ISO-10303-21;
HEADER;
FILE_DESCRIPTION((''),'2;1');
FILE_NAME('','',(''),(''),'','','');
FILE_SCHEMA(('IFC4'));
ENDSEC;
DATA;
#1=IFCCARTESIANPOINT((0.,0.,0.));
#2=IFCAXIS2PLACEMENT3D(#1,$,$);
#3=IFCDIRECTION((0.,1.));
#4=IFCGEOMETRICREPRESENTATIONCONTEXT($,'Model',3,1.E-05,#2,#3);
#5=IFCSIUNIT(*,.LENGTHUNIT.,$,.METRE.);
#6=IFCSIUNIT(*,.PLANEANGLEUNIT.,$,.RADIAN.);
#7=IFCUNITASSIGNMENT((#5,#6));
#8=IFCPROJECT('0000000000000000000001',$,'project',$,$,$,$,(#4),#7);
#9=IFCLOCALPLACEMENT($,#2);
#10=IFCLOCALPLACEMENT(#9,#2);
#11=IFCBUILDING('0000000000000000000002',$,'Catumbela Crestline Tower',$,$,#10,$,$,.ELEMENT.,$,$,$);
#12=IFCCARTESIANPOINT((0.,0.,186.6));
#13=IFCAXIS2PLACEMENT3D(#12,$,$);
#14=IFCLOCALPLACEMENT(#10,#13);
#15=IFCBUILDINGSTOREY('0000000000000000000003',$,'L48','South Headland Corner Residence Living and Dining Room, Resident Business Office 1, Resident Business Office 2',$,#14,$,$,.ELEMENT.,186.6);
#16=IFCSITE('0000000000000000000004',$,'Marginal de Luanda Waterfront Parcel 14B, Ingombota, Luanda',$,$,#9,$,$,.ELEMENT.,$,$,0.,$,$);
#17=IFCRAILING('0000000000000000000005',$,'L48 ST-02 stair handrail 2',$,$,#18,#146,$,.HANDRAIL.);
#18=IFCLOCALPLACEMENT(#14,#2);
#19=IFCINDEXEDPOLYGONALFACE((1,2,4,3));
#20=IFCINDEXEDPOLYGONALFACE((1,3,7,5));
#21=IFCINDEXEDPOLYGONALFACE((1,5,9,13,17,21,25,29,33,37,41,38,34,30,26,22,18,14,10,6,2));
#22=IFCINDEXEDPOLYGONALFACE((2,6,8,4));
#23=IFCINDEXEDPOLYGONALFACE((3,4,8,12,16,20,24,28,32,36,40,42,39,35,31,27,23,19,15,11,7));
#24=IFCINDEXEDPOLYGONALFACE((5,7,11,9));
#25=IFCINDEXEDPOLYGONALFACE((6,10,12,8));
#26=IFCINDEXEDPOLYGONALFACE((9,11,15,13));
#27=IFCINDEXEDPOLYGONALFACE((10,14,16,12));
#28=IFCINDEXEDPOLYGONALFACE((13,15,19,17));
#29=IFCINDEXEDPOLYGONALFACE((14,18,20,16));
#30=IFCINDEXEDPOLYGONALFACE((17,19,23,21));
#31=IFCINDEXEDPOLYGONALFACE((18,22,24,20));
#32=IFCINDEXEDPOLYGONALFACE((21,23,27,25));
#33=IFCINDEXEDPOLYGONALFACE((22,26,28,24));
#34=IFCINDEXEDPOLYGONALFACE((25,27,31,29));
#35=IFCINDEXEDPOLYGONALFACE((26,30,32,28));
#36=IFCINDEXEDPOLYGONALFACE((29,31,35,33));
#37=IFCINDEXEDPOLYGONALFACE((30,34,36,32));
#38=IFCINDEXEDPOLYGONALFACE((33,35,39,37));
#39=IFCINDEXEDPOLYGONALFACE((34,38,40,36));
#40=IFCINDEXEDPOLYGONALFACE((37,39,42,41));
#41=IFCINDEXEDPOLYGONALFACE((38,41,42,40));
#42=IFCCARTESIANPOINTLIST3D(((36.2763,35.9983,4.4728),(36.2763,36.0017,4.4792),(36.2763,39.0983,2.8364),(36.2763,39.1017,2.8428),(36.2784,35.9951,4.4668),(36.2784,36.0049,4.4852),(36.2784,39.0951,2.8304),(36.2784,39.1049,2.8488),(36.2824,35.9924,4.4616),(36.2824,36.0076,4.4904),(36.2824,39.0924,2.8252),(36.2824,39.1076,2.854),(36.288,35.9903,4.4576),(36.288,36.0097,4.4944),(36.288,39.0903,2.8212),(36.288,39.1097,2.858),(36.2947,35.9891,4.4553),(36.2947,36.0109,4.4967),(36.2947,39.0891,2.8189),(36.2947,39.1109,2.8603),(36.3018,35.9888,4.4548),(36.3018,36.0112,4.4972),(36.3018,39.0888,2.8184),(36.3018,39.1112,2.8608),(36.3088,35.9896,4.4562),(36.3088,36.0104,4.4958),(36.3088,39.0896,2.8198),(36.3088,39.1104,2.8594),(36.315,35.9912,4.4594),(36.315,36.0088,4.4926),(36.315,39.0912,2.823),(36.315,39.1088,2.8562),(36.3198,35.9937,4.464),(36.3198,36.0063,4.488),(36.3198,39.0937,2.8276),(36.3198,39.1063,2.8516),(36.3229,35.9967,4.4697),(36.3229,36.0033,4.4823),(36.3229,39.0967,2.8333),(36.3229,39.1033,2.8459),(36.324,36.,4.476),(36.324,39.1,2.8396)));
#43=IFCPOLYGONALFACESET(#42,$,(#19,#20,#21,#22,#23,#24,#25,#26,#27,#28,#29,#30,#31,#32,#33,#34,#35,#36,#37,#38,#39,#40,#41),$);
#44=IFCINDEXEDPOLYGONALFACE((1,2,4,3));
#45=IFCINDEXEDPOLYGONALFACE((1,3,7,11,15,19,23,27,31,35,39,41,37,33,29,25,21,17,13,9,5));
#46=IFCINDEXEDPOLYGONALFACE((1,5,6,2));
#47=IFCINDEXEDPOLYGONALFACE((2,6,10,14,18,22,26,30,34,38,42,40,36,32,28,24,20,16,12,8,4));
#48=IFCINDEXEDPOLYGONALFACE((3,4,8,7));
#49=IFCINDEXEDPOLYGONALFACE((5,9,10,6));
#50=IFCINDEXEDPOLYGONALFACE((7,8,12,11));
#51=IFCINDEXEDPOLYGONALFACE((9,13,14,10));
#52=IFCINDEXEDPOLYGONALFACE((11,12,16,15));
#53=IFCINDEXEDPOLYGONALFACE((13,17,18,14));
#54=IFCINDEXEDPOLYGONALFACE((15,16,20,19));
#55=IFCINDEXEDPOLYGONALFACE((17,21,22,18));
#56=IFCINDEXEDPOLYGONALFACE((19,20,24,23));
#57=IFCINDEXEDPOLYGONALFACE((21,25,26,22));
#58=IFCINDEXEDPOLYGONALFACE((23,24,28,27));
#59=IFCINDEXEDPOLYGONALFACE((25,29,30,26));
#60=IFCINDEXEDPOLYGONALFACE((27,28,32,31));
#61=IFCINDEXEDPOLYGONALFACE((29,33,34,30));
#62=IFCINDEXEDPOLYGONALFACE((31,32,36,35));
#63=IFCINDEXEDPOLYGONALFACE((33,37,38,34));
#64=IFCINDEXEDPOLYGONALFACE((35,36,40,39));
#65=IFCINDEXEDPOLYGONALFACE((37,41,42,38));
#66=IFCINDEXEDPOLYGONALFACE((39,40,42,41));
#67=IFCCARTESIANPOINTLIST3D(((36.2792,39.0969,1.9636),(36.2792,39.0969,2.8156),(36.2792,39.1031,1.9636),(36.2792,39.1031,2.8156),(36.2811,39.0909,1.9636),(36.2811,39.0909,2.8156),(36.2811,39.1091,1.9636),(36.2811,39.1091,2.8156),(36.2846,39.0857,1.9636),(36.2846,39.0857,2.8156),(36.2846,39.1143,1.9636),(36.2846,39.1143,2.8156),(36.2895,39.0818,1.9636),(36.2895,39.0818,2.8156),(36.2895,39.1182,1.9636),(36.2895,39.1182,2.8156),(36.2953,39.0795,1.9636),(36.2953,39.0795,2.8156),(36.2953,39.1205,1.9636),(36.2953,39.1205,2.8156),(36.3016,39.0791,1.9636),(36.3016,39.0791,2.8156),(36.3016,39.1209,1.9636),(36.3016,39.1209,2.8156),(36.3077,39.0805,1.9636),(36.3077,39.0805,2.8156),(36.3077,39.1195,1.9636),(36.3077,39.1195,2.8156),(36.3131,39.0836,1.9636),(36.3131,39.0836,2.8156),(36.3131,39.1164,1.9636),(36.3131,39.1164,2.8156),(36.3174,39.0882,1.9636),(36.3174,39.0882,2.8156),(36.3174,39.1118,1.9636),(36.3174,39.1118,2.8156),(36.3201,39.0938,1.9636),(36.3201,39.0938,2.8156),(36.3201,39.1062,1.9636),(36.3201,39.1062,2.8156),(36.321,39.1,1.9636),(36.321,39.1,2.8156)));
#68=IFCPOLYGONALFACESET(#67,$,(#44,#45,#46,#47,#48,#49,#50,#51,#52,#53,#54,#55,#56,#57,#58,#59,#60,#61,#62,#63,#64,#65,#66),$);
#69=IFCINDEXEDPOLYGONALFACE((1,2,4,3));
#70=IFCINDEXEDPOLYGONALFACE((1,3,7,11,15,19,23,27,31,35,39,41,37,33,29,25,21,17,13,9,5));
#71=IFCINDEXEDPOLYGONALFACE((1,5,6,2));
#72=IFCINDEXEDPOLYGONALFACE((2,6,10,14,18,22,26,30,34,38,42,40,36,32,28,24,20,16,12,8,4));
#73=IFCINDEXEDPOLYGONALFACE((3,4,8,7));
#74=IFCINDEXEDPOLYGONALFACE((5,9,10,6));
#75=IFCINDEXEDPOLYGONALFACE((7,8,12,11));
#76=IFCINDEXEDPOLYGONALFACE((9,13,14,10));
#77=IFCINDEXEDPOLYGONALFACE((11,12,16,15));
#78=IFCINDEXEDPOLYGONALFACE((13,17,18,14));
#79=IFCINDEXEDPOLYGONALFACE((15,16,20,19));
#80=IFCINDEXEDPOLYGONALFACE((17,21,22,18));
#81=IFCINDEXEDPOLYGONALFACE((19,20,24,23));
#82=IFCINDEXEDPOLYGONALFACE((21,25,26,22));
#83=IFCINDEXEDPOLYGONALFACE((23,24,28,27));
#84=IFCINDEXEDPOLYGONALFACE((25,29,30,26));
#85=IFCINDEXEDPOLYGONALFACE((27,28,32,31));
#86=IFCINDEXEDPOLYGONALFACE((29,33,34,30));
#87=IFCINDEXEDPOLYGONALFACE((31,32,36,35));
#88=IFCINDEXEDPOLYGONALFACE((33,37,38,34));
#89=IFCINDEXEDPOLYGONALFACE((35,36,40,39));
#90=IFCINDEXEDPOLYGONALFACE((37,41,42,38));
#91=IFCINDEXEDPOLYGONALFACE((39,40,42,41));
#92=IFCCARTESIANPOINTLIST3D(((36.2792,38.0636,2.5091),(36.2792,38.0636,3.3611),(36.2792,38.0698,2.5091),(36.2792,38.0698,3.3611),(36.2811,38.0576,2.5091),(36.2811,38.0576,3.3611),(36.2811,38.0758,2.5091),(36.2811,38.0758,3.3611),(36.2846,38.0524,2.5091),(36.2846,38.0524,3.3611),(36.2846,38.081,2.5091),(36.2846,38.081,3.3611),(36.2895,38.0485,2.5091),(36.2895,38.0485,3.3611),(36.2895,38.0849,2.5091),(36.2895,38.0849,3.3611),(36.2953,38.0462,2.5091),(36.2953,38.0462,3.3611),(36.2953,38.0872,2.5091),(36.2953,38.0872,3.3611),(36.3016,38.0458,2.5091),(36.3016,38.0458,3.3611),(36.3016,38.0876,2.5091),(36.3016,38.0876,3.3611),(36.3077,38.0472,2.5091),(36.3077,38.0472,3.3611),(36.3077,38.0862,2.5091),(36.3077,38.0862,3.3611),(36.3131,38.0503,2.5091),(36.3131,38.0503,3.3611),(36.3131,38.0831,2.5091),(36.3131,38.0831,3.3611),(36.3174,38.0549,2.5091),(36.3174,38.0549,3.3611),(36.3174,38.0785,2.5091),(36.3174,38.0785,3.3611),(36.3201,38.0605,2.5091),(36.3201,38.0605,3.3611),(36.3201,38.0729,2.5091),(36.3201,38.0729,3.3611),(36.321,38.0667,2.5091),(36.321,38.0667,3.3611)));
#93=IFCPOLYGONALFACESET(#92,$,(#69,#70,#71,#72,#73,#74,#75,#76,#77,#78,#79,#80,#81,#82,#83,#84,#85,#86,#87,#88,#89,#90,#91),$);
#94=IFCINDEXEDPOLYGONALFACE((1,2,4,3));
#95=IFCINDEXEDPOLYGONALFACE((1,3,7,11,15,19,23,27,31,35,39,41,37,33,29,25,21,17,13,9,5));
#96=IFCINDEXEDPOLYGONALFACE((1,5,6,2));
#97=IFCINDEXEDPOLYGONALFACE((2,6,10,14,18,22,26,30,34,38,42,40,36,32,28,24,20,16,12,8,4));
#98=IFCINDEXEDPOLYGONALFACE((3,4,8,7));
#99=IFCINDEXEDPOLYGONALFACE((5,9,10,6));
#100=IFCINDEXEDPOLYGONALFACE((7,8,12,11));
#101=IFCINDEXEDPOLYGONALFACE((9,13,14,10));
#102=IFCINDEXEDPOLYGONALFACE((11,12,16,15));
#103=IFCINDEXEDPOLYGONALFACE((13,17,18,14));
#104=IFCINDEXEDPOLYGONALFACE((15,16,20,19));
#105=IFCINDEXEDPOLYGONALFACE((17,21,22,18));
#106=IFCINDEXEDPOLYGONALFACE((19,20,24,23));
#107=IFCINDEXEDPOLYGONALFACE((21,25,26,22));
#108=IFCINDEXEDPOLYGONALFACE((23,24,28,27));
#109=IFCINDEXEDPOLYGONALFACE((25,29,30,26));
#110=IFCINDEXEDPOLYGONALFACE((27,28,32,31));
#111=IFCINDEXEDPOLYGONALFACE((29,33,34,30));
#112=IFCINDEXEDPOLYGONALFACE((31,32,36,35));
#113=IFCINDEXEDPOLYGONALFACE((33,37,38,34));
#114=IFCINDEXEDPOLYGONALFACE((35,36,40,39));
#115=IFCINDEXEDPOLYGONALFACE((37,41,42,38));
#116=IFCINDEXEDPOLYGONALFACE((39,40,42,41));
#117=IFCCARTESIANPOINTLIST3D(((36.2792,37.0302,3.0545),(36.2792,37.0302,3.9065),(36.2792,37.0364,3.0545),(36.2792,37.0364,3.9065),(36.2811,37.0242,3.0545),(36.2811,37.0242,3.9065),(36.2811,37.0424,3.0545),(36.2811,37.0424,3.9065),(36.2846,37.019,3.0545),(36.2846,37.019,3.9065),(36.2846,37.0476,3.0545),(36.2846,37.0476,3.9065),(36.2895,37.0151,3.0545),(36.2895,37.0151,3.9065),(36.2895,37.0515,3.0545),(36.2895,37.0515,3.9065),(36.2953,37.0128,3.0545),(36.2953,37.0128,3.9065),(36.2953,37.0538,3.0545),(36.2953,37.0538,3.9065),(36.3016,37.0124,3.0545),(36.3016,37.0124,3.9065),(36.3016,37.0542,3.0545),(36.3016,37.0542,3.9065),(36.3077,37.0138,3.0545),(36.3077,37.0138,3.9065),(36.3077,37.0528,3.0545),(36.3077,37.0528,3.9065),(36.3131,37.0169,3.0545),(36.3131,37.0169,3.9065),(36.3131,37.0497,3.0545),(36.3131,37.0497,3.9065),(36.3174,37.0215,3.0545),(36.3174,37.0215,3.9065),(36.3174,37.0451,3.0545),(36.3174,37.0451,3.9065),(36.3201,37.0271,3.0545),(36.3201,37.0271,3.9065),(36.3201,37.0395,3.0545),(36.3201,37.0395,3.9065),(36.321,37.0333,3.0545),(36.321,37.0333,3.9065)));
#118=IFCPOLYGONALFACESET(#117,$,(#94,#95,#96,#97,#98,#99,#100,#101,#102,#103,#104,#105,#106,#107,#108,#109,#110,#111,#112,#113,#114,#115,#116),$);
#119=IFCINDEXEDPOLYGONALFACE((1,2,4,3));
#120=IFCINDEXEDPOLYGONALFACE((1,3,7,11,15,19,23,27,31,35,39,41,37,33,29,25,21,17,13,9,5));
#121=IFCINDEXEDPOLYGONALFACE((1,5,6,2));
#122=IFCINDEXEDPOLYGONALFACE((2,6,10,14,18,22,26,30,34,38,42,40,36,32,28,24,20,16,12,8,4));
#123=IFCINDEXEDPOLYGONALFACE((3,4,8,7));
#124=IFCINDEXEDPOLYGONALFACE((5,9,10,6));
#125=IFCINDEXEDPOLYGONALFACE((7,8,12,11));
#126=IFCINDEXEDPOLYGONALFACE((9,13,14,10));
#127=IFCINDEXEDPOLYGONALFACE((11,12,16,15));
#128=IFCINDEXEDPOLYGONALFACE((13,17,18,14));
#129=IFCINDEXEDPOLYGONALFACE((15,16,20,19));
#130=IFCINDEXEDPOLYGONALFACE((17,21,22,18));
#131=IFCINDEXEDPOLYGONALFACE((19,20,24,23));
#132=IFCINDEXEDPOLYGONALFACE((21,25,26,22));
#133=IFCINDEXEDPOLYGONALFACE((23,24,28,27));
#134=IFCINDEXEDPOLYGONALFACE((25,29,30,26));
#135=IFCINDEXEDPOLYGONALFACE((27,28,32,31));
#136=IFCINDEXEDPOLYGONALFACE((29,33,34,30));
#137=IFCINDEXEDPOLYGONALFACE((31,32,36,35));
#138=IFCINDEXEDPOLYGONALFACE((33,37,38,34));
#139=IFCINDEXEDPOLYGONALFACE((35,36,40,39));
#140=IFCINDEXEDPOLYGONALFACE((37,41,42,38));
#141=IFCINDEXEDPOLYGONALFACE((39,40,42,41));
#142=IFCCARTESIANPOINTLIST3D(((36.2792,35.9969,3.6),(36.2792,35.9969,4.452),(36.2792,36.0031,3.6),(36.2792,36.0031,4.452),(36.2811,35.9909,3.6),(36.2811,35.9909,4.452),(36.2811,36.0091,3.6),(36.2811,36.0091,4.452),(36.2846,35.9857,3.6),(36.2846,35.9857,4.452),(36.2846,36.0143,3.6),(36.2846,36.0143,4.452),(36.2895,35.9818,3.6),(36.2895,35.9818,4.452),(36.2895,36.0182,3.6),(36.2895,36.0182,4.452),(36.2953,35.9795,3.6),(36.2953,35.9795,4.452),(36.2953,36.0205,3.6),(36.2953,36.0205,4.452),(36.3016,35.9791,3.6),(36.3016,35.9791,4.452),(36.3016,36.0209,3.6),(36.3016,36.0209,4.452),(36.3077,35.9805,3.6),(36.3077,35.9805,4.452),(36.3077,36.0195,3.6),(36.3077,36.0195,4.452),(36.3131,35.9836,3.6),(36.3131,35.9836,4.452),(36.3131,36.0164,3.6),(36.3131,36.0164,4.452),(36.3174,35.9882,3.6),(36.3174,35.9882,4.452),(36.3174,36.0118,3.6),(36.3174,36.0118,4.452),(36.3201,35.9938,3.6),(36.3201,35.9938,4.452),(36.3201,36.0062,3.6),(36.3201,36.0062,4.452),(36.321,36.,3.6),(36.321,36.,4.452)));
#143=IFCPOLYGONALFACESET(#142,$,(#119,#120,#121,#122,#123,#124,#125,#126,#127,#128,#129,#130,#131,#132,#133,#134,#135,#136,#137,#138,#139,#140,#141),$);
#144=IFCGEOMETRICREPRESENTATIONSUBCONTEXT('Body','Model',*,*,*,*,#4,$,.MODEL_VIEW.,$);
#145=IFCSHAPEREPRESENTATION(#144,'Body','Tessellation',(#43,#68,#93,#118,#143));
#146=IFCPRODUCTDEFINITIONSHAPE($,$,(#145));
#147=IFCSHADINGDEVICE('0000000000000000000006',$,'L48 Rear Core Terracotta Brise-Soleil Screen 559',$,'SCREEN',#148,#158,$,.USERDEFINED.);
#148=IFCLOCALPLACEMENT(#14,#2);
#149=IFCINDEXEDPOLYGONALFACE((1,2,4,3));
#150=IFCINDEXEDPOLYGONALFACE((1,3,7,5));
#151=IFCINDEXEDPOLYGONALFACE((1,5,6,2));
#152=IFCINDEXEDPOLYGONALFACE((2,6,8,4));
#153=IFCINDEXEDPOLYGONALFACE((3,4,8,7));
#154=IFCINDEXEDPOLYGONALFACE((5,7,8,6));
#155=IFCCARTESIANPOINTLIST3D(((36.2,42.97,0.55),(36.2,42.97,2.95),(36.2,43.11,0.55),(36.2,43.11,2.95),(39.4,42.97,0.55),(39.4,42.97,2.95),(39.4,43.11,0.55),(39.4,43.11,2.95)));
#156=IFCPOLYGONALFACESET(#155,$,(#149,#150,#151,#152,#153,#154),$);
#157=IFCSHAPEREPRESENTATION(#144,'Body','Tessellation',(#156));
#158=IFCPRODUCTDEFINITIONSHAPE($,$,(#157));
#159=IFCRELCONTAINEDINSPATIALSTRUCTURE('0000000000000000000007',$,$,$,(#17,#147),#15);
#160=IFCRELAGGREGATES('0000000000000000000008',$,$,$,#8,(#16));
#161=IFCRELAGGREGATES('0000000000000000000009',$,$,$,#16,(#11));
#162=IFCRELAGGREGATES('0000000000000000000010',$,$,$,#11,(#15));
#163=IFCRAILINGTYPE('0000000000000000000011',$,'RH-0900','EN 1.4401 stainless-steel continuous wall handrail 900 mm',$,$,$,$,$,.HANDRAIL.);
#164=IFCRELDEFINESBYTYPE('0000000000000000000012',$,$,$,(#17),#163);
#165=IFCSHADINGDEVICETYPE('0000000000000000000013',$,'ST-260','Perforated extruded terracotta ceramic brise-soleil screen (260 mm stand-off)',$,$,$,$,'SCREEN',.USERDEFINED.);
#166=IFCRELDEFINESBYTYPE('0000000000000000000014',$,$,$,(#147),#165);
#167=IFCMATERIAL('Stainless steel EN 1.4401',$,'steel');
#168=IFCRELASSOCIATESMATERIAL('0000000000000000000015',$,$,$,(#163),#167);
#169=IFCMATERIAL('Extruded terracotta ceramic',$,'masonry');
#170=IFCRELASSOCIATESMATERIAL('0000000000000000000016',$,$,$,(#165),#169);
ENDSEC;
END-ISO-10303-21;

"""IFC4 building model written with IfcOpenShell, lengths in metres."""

from ifc_helpers import new_model, si_unit, direction, frame, origin, origin_2d, place, context, subcontext, project, spatial, rectangle, circle, extrude, material, type_object, element, save


model = new_model("IFC4")

# Units and contexts
model_context = context("Model", 3, precision=1e-05, world=origin(), true_north=direction((0.0, 1.0)))
body_context = subcontext(model_context, "Body", "Model", "MODEL_VIEW")
ifc_project = project(units=[si_unit("LENGTHUNIT", "METRE"), si_unit("PLANEANGLEUNIT", "RADIAN")], contexts=[model_context])

# Site, building, storey
site_placement = place(None, origin())
site = spatial("IfcSite", under=ifc_project, at=site_placement, Name="Marginal de Luanda Waterfront Parcel 14B, Ingombota, Luanda", CompositionType="ELEMENT", RefElevation=0.0)
building_placement = place(site_placement, origin())
building = spatial("IfcBuilding", under=site, at=building_placement, Name="Catumbela Crestline Tower", CompositionType="ELEMENT")
storey_placement = place(building_placement, frame((0.0, 0.0, 186.6)))
storey = spatial("IfcBuildingStorey", under=building, at=storey_placement, Name="L48", Description="South Headland Corner Residence Living and Dining Room, Resident Business Office 1, Resident Business Office 2", CompositionType="ELEMENT", Elevation=186.6)

# Shared definitions
ifc_material_1 = material(Name="Stainless steel EN 1.4401", Category="steel")

# Railing
railing_type_1 = type_object("IfcRailingType", Name="RH-0900", Description="EN 1.4401 stainless-steel continuous wall handrail 900 mm", PredefinedType="HANDRAIL", material=ifc_material_1)
railing_1_placement = place(storey_placement, frame((36.3, 39.1, 1.9636)))
element("IfcRailing", 1, at=railing_1_placement, inside=storey, type_object=railing_type_1, Name="L48 ST-02 stair handrail 2", PredefinedType="HANDRAIL", context=body_context, shape_type="SweptSolid", body=[
    extrude(circle(Radius=0.024, at=origin_2d()), frame((0.0, 0.0, 0.876), z_axis=(0.0, -0.884351, 0.466823), x_axis=(1.0, 0.0, 0.0)), (0.0, 0.0, 1.0), 3.5054),
    extrude(circle(Radius=0.021, at=origin_2d()), origin(), (0.0, 0.0, 1.0), 0.852),
    extrude(circle(Radius=0.021, at=origin_2d()), frame((0.0, -1.0333, 0.5455)), (0.0, 0.0, 1.0), 0.852),
    extrude(circle(Radius=0.021, at=origin_2d()), frame((0.0, -2.0667, 1.0909)), (0.0, 0.0, 1.0), 0.852),
    extrude(circle(Radius=0.021, at=origin_2d()), frame((0.0, -3.1, 1.6364)), (0.0, 0.0, 1.0), 0.852),
])

# Shading device
ifc_material_2 = material(Name="Extruded terracotta ceramic", Category="masonry")
shading_device_type = type_object("IfcShadingDeviceType", Name="ST-260", Description="Perforated extruded terracotta ceramic brise-soleil screen (260 mm stand-off)", ElementType="SCREEN", PredefinedType="USERDEFINED", material=ifc_material_2)
shading_device_placement = place(storey_placement, frame((37.8, 43.04, 0.55), z_axis=(0.0, 0.0, 1.0), x_axis=(1.0, 0.0, 0.0)))
element("IfcShadingDevice", 2, at=shading_device_placement, inside=storey, type_object=shading_device_type, Name="L48 Rear Core Terracotta Brise-Soleil Screen 559", ObjectType="SCREEN", PredefinedType="USERDEFINED", context=body_context, shape_type="SweptSolid", body=[
    extrude(rectangle(XDim=3.2, YDim=0.14, at=origin_2d()), origin(), (0.0, 0.0, 1.0), 2.4),
])

save(model, "model.ifc")
